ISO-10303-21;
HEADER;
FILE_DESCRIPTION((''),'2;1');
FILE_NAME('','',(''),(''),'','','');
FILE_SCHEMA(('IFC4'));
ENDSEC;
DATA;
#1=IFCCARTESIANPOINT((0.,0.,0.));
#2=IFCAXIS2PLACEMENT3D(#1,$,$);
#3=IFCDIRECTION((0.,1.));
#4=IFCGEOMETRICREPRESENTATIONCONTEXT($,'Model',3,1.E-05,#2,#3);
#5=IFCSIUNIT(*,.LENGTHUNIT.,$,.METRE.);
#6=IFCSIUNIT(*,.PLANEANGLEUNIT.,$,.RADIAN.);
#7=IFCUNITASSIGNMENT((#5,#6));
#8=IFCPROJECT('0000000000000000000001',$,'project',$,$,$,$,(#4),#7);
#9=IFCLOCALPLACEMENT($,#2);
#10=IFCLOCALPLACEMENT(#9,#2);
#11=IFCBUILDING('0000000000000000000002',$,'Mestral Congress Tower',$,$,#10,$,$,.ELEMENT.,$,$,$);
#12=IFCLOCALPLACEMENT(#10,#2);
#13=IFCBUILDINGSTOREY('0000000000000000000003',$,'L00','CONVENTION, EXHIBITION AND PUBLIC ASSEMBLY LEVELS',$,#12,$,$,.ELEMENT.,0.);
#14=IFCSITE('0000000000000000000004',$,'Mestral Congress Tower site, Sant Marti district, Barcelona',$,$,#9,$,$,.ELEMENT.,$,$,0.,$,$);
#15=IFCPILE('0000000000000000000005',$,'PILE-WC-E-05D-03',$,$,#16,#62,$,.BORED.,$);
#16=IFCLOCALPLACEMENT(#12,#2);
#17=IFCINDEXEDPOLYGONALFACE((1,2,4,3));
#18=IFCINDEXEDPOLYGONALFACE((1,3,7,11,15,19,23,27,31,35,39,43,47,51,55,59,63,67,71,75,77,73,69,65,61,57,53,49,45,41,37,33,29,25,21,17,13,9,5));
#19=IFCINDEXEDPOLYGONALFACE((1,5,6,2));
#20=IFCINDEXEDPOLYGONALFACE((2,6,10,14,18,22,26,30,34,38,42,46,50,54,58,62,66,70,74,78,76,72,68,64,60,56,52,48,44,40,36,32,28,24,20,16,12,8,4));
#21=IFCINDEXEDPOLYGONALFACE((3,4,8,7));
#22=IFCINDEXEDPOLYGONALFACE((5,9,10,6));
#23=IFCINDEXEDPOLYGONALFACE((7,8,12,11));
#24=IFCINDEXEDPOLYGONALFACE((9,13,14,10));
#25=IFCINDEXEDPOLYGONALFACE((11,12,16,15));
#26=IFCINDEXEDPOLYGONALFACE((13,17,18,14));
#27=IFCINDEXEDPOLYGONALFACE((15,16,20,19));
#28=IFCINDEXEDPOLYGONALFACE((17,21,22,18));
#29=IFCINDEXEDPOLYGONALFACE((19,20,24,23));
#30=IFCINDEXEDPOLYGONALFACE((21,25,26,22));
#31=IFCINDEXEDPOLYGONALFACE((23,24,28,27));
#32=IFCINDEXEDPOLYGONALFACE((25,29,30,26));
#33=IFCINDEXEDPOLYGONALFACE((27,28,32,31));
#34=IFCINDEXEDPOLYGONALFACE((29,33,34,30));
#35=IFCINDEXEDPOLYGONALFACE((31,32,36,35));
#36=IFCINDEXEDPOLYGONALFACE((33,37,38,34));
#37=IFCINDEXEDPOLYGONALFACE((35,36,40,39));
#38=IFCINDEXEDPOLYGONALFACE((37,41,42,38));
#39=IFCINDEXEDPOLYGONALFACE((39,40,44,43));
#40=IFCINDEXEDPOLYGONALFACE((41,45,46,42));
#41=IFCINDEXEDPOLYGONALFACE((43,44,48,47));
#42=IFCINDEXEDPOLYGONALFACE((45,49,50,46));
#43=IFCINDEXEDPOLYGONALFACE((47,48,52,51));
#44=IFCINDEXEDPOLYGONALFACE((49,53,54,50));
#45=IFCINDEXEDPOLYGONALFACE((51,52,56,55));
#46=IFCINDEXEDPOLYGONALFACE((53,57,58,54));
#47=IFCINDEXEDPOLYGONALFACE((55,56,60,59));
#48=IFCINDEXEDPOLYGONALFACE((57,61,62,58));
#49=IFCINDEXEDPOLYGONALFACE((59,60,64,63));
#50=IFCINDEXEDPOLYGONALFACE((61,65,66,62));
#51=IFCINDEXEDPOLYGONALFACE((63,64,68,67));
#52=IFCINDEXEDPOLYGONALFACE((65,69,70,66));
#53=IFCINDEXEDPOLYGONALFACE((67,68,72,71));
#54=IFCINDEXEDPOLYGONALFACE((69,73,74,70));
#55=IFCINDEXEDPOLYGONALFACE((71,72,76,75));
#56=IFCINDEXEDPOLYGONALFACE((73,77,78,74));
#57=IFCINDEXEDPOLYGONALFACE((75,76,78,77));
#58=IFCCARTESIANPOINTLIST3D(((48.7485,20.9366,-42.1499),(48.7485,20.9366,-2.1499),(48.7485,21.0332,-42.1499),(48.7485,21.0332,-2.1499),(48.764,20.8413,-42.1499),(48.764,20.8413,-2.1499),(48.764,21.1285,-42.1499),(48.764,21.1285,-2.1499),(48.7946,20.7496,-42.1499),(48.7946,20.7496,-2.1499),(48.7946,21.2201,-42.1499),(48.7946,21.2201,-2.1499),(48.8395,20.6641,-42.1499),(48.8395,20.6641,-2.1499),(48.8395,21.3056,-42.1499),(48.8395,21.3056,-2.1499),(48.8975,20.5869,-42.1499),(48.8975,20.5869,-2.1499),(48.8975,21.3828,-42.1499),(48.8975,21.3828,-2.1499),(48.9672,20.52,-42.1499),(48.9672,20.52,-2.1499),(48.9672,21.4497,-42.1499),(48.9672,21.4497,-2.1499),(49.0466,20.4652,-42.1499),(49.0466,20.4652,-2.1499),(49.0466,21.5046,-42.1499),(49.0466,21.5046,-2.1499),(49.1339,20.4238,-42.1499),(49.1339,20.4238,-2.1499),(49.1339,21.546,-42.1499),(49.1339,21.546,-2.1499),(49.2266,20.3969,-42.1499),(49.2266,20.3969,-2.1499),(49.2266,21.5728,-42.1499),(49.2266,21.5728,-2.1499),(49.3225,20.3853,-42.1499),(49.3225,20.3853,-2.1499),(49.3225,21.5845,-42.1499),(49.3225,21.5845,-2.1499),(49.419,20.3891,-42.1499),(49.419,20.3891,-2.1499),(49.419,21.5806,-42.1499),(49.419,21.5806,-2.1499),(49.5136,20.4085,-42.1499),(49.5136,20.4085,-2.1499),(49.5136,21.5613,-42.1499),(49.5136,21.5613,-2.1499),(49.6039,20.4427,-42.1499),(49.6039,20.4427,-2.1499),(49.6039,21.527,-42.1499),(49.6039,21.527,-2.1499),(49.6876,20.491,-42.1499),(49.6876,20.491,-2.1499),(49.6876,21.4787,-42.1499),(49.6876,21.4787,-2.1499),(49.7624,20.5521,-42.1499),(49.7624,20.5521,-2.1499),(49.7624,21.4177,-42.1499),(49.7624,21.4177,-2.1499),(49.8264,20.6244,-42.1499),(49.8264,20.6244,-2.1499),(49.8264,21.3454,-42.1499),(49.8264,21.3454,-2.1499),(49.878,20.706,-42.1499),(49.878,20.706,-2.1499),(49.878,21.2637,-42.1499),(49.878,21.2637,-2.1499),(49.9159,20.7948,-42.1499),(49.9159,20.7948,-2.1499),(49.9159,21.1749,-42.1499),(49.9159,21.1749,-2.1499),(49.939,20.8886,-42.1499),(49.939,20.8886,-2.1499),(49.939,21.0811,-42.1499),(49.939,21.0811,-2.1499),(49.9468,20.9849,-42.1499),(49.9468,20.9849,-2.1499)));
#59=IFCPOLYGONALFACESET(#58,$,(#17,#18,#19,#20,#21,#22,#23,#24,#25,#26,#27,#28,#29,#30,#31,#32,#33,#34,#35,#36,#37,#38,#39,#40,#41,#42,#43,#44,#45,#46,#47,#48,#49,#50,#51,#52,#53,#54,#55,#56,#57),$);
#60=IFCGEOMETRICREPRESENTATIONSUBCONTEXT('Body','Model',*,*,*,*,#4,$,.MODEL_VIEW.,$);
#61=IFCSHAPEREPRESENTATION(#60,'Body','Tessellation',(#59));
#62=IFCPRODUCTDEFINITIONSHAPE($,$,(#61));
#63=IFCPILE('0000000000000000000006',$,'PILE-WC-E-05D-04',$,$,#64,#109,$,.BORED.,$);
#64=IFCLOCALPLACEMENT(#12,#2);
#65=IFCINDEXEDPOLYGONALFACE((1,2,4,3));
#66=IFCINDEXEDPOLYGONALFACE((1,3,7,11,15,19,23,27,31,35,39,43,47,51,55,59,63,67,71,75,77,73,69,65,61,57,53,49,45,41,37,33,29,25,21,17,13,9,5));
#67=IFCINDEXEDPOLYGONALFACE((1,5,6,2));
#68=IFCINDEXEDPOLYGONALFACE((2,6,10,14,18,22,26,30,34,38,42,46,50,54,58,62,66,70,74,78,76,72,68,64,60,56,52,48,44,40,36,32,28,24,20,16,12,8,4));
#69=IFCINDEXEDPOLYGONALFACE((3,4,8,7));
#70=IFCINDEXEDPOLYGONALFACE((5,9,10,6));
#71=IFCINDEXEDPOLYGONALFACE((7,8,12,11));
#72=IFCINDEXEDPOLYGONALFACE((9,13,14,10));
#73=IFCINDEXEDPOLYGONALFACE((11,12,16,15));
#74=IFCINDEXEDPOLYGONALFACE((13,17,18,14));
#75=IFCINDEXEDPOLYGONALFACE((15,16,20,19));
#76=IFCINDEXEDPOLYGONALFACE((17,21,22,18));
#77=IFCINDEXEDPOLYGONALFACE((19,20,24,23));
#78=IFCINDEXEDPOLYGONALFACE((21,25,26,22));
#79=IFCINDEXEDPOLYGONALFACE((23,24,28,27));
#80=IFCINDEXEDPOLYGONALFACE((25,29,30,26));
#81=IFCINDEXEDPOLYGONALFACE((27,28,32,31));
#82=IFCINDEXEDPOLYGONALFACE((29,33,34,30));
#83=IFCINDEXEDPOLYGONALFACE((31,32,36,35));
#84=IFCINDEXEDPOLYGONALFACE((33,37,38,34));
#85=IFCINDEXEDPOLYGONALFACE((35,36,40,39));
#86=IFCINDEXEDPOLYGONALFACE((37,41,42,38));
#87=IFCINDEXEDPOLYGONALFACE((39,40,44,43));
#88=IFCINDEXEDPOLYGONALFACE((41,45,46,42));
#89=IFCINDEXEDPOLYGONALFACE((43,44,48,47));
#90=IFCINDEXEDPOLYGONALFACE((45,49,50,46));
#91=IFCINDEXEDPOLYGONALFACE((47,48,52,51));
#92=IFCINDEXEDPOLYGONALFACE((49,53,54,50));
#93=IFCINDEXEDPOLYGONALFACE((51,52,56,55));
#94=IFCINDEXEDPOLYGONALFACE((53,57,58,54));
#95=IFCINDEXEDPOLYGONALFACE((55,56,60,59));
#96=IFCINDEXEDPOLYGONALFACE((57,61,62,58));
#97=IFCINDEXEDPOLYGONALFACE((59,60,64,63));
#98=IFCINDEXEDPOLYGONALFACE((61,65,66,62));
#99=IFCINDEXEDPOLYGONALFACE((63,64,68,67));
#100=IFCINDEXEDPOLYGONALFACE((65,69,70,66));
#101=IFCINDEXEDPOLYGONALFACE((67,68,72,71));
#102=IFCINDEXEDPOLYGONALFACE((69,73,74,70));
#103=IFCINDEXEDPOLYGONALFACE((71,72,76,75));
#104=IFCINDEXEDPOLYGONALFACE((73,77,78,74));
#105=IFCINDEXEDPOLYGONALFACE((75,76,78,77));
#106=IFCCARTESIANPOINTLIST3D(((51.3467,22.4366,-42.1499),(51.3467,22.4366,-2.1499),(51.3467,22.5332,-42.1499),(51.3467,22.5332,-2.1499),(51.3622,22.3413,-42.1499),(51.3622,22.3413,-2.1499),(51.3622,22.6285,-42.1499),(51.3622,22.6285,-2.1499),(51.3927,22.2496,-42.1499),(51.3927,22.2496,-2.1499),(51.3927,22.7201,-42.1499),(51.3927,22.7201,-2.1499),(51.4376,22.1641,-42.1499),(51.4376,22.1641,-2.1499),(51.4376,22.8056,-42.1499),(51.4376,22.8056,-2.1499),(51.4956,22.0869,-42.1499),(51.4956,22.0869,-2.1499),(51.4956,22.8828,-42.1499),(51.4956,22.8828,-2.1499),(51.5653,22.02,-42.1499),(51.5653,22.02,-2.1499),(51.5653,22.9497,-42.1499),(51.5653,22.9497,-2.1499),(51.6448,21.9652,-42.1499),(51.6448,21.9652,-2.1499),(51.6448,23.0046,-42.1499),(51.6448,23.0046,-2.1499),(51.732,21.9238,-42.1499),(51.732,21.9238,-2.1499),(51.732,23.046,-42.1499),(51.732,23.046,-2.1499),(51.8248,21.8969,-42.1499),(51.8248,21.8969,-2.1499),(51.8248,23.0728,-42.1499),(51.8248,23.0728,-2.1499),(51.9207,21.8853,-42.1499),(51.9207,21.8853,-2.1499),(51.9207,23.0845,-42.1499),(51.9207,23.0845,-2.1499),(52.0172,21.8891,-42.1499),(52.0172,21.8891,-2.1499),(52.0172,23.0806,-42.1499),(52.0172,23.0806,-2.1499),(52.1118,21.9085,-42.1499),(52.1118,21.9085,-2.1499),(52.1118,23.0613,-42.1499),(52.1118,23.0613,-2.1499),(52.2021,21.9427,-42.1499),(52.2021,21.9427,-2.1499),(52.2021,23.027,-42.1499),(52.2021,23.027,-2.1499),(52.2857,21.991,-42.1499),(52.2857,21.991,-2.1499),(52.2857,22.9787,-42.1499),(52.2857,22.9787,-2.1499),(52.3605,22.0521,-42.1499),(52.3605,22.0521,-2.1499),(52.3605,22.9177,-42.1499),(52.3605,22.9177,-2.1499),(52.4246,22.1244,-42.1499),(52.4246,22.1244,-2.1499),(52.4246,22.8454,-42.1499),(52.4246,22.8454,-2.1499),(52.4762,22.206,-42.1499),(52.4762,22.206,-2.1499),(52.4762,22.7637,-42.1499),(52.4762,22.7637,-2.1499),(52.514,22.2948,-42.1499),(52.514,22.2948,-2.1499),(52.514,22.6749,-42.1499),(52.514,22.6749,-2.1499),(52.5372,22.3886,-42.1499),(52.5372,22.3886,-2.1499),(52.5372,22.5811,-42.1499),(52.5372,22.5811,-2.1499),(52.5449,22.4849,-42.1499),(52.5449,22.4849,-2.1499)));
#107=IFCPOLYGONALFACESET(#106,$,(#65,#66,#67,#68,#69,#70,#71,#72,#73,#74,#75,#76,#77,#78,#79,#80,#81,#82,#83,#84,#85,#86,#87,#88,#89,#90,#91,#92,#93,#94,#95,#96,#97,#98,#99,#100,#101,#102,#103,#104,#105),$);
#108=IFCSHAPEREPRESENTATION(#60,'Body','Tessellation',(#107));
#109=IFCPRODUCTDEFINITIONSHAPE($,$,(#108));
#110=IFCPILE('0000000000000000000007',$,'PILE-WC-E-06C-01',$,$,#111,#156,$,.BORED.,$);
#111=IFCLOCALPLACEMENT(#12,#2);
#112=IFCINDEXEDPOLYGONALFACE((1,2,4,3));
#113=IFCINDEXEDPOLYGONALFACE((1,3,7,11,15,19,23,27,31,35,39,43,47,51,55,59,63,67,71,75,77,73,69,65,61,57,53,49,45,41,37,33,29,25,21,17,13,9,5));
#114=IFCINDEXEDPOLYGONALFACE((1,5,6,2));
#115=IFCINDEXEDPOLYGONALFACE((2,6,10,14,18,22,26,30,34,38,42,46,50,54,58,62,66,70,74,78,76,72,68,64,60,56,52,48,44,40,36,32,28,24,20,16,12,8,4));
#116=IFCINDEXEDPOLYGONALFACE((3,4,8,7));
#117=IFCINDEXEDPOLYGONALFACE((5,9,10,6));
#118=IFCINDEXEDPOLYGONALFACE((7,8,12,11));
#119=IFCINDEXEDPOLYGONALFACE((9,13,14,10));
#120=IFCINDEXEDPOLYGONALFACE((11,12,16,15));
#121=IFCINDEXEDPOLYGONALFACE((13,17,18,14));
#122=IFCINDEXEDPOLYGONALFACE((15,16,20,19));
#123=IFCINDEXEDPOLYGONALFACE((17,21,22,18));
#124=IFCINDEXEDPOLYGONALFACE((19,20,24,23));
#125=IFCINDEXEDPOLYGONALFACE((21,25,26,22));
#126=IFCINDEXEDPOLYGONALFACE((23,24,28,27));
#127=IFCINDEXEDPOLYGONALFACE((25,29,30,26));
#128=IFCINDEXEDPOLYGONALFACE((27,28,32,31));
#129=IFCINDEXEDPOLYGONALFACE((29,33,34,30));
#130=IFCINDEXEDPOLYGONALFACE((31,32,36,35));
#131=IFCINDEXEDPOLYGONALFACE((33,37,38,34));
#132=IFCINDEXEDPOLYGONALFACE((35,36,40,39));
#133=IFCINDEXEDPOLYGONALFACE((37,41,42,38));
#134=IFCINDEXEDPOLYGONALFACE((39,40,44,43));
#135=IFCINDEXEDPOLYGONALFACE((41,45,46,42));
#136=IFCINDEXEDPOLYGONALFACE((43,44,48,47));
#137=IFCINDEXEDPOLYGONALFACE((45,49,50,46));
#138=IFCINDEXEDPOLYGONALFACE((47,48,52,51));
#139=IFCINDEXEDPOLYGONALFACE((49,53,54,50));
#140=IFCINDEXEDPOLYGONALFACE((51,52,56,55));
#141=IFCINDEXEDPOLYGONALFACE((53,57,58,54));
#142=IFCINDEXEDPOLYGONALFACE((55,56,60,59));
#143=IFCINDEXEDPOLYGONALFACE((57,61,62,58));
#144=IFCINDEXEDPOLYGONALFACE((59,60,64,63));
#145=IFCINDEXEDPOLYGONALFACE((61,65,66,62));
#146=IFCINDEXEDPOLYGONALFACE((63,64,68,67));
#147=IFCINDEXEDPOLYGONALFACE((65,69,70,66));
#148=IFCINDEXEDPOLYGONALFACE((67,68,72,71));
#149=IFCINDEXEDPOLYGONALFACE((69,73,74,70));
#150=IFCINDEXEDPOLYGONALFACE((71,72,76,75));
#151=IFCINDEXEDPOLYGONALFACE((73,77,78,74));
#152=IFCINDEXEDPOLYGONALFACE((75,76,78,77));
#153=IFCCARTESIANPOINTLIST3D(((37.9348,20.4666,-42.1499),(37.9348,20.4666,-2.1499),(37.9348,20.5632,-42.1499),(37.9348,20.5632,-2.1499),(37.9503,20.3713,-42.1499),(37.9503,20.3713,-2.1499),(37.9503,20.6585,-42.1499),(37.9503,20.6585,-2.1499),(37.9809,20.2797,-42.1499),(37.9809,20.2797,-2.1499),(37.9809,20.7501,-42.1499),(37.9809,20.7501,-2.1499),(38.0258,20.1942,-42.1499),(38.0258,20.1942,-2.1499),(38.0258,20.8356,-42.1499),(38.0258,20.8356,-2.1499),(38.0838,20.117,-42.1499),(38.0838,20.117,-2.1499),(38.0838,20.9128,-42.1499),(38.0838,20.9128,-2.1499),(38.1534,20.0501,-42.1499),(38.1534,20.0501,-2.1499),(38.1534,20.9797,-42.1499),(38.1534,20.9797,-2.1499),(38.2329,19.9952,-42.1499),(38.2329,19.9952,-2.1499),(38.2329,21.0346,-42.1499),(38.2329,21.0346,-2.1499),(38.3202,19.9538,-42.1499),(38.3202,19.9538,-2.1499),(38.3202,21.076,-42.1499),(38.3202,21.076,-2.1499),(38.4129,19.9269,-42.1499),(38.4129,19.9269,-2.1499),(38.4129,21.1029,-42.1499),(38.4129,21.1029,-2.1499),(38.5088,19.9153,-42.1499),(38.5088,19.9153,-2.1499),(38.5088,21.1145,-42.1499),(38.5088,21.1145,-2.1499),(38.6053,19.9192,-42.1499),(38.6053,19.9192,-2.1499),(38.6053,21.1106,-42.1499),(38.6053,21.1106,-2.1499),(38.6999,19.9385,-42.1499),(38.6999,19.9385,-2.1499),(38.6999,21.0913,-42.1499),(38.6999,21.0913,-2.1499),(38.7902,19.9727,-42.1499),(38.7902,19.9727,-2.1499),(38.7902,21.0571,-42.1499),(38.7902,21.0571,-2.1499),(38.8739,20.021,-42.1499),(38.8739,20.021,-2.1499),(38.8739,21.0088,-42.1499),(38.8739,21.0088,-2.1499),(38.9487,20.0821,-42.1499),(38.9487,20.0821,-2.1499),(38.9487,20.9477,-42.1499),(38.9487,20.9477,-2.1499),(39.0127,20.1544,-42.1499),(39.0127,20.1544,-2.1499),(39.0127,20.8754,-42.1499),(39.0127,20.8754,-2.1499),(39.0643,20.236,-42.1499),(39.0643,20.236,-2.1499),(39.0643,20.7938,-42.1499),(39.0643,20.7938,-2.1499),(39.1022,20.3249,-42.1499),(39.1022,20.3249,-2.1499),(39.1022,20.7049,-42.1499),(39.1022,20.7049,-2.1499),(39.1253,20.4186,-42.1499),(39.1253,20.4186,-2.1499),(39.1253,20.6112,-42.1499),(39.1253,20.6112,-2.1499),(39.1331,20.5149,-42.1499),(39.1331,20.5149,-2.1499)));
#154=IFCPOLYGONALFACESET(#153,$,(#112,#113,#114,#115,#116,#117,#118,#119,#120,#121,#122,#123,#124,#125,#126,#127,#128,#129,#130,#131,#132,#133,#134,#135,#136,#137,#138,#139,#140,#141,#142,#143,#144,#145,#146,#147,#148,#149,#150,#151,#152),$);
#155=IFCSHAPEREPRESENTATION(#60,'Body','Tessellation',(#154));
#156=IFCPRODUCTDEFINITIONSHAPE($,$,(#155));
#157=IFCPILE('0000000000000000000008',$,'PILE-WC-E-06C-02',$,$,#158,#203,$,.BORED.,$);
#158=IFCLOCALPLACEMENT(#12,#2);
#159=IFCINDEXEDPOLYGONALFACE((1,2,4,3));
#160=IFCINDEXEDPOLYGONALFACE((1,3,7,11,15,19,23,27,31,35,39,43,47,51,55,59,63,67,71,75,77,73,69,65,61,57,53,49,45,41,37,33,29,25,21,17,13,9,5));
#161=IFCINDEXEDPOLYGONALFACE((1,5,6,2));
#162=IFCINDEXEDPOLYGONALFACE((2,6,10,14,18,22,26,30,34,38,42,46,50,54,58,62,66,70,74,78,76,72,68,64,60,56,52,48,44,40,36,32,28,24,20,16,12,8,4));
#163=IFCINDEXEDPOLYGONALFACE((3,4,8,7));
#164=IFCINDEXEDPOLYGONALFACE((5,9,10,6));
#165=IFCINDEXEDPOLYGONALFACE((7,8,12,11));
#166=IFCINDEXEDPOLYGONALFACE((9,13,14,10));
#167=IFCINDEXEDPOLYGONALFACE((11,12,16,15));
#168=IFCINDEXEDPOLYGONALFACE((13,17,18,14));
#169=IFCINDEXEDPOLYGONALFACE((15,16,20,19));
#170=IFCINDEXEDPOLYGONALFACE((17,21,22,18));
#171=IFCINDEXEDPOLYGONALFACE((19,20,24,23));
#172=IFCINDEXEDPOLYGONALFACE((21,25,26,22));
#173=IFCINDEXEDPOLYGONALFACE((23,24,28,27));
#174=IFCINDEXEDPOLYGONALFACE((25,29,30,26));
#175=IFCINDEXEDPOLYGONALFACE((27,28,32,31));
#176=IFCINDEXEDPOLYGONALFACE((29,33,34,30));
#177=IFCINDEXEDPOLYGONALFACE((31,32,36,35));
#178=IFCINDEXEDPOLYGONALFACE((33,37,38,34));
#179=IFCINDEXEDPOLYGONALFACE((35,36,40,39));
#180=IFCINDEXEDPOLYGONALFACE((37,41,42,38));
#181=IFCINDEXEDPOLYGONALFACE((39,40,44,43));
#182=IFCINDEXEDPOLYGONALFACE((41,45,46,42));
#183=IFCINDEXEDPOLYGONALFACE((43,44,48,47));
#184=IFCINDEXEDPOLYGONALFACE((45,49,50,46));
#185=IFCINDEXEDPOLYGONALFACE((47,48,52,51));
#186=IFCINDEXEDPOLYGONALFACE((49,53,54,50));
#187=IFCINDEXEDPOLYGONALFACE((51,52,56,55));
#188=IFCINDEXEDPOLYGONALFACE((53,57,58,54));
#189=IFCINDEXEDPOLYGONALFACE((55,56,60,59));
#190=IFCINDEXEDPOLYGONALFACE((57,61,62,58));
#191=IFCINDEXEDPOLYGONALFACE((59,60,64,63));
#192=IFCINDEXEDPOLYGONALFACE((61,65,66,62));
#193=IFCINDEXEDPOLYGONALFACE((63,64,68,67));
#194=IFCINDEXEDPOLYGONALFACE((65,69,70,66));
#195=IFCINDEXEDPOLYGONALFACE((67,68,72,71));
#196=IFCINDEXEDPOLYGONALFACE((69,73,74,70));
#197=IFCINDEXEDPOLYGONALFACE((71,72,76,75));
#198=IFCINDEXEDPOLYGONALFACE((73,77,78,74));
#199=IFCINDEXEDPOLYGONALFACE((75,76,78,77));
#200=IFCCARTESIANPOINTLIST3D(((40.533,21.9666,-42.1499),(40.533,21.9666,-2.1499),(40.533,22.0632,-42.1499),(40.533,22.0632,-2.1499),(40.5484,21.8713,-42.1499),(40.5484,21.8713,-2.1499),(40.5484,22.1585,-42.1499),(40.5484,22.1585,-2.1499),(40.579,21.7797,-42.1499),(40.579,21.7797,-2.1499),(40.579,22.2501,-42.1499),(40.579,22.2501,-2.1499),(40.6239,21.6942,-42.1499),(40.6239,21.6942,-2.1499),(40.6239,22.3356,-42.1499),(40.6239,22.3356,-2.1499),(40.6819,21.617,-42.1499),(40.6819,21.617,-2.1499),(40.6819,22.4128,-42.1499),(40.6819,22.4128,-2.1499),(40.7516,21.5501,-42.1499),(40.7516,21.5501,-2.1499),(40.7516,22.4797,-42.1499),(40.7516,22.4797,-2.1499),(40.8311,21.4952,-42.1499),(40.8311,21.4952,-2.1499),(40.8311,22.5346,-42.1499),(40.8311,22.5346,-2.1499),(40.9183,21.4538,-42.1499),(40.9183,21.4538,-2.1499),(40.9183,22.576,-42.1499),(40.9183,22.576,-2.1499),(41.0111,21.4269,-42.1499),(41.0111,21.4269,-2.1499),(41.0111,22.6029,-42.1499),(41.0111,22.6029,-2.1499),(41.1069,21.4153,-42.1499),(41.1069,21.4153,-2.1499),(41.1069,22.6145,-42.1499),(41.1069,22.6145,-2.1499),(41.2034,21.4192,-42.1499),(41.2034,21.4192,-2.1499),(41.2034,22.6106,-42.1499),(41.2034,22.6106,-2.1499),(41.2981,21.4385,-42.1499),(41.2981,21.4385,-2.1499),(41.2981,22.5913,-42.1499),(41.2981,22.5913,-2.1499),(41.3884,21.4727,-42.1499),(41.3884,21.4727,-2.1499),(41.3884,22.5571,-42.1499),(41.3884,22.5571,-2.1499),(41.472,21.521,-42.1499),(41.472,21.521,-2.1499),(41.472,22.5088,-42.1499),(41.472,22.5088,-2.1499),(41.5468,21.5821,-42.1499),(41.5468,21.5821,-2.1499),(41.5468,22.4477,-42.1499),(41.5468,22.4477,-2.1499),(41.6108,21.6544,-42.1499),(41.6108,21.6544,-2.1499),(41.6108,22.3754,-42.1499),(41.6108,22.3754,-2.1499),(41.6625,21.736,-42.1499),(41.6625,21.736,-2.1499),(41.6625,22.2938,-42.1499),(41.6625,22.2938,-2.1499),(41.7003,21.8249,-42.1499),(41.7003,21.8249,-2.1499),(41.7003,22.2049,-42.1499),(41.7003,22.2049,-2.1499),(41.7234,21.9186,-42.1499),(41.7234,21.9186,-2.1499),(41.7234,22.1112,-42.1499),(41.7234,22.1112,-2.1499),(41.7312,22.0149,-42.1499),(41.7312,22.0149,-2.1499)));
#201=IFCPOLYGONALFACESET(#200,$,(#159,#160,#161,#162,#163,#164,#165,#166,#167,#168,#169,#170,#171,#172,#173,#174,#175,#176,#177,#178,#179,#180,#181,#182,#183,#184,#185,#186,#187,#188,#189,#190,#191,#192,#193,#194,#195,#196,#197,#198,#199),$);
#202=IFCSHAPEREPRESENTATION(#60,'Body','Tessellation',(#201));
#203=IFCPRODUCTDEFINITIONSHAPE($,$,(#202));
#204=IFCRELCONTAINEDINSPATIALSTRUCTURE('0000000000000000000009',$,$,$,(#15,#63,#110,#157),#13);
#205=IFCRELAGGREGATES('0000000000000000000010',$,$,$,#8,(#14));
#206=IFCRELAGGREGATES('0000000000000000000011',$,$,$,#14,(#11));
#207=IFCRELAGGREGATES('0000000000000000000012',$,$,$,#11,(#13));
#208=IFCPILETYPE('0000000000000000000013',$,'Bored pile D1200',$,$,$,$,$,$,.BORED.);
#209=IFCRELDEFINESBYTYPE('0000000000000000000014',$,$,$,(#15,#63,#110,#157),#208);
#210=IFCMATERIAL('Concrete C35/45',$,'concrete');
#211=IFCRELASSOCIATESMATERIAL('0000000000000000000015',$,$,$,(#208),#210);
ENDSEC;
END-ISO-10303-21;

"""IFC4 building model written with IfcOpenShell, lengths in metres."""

from ifc_helpers import new_model, si_unit, direction, frame, origin, origin_2d, place, context, subcontext, project, spatial, circle, extrude, material, material_profile, profile_set, type_object, element, save


model = new_model("IFC4")

# Units and contexts
model_context = context("Model", 3, precision=1e-05, world=origin(), true_north=direction((0.0, 1.0)))
body_context = subcontext(model_context, "Body", "Model", "MODEL_VIEW")
ifc_project = project(units=[si_unit("LENGTHUNIT", "METRE"), si_unit("PLANEANGLEUNIT", "RADIAN")], contexts=[model_context])

# Site, building, storey
site_placement = place(None, origin())
site = spatial("IfcSite", under=ifc_project, at=site_placement, Name="Mestral Congress Tower site, Sant Marti district, Barcelona", CompositionType="ELEMENT", RefElevation=0.0)
building_placement = place(site_placement, origin())
building = spatial("IfcBuilding", under=site, at=building_placement, Name="Mestral Congress Tower", CompositionType="ELEMENT")
storey_placement = place(building_placement, origin())
storey = spatial("IfcBuildingStorey", under=building, at=storey_placement, Name="L00", Description="CONVENTION, EXHIBITION AND PUBLIC ASSEMBLY LEVELS", CompositionType="ELEMENT", Elevation=0.0)

# Piles
ifc_material_1 = material(Name="Concrete C35/45", Category="concrete")
ifc_material_profile_1 = material_profile(ifc_material_1, circle(Radius=0.6001, at=origin_2d()), Name="D1200")
ifc_profile_set_1 = profile_set([ifc_material_profile_1], Name="Concrete C35/45")
pile_type = type_object("IfcPileType", Name="Bored pile D1200", PredefinedType="BORED", material=ifc_profile_set_1)
for number, where, z_axis, x_axis, name in (
    (1, (49.3467, 20.9849, -2.1499), (0.0, 0.0, -1.0), (1.0, 0.0, 0.0), "PILE-WC-E-05D-03"),
    (2, (51.9448, 22.4849, -2.1499), (0.0, 0.0, -1.0), (1.0, 0.0, 0.0), "PILE-WC-E-05D-04"),
    (3, (38.533, 20.5149, -2.1499), (0.0, 0.0, -1.0), (1.0, 0.0, 0.0), "PILE-WC-E-06C-01"),
    (4, (41.1311, 22.0149, -2.1499), (0.0, 0.0, -1.0), (1.0, 0.0, 0.0), "PILE-WC-E-06C-02"),
):
    element("IfcPile", number, at=place(storey_placement, frame(where, z_axis=z_axis, x_axis=x_axis)), inside=storey, type_object=pile_type, Name=name, PredefinedType="BORED", context=body_context, shape_type="SweptSolid", body=[
        extrude(circle(Radius=0.6001, at=origin_2d()), origin(), (0.0, 0.0, 1.0), 40.0),
    ])

save(model, "model.ifc")
